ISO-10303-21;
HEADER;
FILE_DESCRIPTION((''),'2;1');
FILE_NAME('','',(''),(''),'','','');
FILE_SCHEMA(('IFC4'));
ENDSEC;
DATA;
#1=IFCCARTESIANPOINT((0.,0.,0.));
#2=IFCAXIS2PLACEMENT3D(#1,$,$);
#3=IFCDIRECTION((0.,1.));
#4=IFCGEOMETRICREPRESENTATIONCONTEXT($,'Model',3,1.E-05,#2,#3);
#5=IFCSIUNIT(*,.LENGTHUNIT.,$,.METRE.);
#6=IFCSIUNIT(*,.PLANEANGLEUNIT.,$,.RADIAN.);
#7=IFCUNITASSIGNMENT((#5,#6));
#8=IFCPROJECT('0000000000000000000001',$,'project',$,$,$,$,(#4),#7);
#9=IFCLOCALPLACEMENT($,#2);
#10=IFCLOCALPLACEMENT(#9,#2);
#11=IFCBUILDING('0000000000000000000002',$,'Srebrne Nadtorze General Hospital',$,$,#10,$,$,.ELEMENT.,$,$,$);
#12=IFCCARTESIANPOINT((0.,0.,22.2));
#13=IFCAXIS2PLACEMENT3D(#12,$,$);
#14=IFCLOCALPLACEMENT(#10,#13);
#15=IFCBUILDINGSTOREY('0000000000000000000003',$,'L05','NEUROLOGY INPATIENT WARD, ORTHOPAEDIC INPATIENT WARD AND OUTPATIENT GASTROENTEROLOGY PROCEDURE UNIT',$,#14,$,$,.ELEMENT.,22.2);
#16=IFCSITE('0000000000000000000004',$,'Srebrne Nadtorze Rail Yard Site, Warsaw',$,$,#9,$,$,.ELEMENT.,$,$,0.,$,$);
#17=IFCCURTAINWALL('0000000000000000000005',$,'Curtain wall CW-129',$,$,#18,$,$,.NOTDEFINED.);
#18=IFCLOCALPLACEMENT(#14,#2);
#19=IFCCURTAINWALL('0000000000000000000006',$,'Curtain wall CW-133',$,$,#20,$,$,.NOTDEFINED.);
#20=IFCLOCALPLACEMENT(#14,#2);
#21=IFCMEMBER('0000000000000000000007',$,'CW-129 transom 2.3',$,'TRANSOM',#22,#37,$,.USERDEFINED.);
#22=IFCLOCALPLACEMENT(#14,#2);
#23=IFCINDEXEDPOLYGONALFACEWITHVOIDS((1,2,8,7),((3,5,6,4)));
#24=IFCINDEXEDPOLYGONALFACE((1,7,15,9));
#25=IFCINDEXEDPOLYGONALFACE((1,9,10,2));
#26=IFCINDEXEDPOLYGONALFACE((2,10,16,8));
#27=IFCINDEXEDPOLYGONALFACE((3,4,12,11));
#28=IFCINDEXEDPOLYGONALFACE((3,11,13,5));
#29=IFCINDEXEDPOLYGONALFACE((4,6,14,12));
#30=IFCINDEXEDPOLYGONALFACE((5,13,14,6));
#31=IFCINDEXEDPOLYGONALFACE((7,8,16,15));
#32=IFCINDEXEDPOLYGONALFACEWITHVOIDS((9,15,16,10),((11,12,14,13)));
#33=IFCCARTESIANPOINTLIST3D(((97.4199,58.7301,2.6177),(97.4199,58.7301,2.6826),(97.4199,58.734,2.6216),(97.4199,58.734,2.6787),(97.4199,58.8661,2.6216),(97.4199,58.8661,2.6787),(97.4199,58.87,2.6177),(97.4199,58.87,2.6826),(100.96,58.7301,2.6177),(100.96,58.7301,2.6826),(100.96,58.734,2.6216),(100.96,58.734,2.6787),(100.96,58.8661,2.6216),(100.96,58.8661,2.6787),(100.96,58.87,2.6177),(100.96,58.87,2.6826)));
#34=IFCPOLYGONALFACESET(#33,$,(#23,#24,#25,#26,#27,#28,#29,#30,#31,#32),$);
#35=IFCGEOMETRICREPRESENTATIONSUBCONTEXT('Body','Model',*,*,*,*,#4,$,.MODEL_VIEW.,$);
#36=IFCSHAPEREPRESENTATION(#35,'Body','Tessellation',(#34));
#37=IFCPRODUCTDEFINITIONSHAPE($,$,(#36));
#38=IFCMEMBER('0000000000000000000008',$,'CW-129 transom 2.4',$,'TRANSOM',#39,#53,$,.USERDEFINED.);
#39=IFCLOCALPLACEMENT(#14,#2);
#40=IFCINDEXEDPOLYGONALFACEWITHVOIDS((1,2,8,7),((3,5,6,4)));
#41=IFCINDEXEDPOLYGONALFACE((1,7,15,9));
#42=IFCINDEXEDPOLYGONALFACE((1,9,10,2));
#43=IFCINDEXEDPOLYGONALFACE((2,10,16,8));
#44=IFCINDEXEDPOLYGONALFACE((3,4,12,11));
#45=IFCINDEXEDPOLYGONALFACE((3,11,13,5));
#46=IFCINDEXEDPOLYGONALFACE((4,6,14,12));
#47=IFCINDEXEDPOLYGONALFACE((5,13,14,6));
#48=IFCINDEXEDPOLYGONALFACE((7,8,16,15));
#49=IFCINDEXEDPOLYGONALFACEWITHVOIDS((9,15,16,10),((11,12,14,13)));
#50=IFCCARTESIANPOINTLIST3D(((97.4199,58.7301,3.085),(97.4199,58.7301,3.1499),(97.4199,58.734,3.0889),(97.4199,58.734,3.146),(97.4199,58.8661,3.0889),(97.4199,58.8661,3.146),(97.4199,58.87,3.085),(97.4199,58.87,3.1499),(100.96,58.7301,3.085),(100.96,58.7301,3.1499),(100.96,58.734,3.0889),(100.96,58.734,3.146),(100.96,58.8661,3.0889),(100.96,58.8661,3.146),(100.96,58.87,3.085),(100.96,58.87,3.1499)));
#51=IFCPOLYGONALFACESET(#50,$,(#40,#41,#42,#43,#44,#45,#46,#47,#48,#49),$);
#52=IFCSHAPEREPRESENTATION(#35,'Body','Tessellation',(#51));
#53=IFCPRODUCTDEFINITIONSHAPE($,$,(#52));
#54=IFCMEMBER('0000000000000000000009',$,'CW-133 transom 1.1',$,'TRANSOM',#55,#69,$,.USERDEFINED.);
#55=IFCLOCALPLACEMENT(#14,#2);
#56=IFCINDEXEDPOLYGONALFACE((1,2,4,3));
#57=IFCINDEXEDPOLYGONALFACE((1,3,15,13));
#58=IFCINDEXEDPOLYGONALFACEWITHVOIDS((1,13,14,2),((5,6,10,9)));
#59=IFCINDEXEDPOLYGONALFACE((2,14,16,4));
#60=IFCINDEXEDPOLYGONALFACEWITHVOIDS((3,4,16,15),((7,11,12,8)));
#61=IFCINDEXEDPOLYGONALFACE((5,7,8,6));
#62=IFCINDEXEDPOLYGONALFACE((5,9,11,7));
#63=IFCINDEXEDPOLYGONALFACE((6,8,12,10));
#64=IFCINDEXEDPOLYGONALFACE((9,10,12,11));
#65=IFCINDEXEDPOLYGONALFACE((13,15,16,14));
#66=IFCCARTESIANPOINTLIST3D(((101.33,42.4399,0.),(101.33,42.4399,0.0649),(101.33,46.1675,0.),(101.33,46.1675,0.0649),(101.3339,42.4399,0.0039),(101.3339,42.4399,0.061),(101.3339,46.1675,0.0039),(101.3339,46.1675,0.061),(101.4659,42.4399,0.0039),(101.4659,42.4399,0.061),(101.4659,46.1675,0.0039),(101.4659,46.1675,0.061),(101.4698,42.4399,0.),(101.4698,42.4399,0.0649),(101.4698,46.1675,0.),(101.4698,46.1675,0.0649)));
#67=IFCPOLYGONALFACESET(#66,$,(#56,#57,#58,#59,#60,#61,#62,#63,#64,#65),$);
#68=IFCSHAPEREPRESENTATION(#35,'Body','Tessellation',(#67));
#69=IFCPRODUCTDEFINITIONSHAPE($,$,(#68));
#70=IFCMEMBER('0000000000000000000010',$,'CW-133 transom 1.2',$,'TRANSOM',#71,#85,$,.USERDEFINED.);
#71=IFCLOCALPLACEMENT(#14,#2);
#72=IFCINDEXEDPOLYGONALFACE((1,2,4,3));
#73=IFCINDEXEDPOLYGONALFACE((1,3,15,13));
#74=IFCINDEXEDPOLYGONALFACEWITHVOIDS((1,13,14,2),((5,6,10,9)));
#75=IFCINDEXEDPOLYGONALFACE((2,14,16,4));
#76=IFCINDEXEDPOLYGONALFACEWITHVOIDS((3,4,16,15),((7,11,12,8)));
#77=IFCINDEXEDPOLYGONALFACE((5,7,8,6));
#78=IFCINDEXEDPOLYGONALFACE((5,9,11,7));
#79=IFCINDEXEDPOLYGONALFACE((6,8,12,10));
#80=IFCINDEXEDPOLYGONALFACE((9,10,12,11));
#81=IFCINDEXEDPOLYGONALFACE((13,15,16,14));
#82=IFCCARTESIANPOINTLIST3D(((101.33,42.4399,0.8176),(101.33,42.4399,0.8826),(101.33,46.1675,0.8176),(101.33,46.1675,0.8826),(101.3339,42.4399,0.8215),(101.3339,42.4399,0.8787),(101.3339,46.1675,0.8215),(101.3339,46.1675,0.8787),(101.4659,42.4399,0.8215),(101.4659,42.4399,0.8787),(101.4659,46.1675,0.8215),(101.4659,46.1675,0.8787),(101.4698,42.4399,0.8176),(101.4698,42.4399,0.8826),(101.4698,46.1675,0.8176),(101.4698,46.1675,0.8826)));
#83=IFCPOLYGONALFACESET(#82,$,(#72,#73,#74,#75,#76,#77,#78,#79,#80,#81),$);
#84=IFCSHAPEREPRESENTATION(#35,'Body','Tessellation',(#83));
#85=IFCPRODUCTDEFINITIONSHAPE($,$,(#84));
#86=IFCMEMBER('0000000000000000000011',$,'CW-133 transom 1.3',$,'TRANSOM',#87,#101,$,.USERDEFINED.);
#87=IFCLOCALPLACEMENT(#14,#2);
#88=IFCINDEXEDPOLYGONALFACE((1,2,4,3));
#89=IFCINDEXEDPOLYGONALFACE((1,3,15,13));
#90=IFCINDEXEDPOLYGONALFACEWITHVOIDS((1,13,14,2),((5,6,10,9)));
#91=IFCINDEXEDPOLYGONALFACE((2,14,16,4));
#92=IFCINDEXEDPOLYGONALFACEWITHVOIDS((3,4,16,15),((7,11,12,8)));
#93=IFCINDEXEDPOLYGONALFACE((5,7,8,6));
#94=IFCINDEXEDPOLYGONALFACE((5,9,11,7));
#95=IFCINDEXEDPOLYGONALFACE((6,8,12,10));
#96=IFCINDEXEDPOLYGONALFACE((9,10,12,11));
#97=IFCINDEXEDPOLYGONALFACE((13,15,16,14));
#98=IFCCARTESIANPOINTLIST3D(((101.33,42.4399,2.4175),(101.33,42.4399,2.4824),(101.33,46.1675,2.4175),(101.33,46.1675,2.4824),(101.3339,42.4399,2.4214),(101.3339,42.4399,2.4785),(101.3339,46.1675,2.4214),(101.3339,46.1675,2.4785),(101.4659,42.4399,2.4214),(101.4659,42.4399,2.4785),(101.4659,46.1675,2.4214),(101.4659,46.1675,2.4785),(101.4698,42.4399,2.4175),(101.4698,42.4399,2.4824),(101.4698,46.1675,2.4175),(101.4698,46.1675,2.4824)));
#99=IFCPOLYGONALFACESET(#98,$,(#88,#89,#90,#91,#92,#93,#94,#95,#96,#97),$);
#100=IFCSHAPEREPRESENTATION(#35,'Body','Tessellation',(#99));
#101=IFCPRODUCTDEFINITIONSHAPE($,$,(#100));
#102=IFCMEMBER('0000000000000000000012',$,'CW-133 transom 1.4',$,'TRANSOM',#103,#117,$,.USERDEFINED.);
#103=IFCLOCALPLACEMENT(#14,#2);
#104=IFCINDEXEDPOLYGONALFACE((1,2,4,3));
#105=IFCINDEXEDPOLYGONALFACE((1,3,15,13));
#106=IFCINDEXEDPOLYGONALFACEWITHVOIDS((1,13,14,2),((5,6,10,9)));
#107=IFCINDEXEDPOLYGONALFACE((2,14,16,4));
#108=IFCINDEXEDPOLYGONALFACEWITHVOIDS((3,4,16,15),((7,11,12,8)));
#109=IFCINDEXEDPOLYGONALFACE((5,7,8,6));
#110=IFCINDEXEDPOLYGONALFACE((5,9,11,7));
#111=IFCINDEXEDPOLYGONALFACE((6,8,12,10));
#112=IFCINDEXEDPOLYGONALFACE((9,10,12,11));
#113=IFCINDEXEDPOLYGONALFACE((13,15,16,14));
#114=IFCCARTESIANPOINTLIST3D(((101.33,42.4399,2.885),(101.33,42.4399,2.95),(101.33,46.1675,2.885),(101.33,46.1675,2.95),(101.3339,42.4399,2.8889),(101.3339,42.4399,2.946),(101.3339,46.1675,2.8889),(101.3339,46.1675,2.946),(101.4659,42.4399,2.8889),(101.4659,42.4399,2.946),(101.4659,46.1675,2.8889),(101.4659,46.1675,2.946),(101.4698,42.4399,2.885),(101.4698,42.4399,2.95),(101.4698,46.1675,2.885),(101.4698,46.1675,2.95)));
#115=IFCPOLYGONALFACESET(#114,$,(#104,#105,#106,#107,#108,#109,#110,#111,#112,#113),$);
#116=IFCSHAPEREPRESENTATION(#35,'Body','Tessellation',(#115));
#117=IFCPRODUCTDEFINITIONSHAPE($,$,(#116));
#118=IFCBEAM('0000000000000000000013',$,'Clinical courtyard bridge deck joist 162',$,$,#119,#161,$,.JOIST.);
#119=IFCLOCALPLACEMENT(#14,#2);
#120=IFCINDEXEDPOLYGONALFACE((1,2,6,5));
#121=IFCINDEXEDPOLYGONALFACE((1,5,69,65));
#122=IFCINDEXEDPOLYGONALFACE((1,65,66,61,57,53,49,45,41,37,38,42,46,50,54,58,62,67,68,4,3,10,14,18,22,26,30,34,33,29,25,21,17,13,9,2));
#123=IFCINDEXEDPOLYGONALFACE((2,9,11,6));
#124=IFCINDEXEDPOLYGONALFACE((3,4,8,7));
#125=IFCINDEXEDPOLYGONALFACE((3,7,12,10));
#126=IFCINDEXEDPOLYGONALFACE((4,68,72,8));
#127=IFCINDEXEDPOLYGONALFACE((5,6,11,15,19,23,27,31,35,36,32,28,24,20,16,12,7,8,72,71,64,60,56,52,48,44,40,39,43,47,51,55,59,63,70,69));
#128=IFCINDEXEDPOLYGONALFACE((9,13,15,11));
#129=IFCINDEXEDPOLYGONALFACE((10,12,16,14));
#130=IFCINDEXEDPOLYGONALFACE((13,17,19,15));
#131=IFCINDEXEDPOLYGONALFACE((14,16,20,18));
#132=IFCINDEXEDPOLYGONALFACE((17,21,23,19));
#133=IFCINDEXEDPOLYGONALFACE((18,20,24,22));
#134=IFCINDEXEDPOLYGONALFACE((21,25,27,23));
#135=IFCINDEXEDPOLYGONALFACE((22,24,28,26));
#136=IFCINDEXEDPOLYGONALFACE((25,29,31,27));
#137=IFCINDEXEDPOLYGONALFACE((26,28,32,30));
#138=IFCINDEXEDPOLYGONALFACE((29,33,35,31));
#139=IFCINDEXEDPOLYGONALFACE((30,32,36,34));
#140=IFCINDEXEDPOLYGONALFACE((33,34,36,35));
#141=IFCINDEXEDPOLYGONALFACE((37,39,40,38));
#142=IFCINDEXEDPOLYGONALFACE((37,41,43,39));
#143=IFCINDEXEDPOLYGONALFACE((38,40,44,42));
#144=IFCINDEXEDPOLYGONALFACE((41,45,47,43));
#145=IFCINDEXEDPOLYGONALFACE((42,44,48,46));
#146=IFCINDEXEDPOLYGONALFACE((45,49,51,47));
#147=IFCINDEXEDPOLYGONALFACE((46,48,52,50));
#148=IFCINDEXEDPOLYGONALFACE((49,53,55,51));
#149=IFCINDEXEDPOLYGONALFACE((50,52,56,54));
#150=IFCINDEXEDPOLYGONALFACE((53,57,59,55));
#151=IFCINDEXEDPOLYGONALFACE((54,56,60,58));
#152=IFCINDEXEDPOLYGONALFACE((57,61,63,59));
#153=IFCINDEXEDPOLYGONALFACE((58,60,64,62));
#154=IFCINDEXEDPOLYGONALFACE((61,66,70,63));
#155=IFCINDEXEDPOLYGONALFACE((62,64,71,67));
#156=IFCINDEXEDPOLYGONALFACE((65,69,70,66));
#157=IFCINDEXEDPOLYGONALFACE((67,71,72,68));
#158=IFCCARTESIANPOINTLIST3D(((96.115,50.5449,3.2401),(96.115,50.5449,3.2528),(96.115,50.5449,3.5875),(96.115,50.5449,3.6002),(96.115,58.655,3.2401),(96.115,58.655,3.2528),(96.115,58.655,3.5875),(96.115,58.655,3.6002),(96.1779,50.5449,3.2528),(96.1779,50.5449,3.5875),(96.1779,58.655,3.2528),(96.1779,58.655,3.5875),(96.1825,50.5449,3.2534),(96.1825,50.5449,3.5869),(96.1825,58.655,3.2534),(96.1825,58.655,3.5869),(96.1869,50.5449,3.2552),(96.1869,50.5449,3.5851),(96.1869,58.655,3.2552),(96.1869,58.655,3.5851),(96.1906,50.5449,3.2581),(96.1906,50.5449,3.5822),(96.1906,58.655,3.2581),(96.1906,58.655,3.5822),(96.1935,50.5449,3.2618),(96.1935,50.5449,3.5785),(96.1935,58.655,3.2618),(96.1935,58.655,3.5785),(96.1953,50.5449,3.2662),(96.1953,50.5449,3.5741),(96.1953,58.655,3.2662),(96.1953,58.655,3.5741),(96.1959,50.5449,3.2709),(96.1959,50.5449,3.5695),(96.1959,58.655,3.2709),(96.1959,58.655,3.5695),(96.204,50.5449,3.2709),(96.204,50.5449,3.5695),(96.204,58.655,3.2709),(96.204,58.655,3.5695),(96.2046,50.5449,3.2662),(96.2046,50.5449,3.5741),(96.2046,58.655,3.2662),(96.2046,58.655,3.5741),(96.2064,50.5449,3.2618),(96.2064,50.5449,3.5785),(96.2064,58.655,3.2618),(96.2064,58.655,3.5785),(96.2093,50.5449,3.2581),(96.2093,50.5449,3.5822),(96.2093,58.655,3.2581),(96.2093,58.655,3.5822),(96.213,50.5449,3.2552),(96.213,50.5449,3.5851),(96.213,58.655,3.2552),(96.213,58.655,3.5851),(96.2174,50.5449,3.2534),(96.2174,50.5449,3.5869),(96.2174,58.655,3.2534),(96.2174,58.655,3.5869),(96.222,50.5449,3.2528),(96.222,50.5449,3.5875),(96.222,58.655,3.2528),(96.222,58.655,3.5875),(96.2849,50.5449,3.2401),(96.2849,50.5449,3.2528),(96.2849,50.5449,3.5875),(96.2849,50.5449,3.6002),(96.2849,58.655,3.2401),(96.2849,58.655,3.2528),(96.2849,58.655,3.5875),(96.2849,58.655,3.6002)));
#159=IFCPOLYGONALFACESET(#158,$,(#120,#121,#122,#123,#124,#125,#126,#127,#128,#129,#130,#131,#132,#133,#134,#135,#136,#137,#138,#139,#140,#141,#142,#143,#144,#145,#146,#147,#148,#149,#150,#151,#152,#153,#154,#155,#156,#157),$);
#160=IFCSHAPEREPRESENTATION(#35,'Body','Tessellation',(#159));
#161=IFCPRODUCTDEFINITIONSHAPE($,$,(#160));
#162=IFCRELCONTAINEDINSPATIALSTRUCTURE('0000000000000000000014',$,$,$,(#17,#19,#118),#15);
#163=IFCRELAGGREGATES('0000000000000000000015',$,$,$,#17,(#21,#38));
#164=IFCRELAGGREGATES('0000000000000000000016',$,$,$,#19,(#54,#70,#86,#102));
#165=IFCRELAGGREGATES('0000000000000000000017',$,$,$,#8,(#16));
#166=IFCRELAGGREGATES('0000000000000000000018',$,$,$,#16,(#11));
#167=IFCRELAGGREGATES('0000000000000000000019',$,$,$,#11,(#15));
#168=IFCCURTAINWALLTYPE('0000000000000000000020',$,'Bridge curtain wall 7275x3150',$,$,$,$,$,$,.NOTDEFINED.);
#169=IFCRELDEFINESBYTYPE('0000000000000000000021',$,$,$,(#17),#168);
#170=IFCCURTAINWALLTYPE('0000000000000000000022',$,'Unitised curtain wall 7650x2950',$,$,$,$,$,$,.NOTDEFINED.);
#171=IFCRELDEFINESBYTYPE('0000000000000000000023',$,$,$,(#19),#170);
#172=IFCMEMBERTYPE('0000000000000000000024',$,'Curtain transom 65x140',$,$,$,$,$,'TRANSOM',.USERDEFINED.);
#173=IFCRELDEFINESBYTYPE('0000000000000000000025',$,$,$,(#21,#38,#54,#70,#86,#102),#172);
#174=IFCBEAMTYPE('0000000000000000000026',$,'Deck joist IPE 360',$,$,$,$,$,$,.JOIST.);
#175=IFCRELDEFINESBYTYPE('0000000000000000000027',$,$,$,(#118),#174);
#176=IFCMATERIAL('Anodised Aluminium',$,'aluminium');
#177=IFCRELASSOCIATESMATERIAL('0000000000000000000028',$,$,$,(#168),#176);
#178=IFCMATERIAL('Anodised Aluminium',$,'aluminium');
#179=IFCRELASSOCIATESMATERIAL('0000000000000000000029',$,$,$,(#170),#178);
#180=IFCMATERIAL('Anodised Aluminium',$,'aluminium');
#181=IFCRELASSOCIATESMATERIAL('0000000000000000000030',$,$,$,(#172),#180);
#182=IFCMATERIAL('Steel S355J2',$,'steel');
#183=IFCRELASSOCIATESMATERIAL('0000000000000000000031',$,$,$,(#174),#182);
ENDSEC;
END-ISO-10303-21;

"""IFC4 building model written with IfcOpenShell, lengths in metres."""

from ifc_helpers import new_model, si_unit, direction, frame, origin, origin_2d, place, context, subcontext, project, spatial, hollow_rectangle, i_section, extrude, material, material_profile, profile_set, type_object, element, aggregate, save


model = new_model("IFC4")

# Units and contexts
model_context = context("Model", 3, precision=1e-05, world=origin(), true_north=direction((0.0, 1.0)))
body_context = subcontext(model_context, "Body", "Model", "MODEL_VIEW")
ifc_project = project(units=[si_unit("LENGTHUNIT", "METRE"), si_unit("PLANEANGLEUNIT", "RADIAN")], contexts=[model_context])

# Site, building, storey
site_placement = place(None, origin())
site = spatial("IfcSite", under=ifc_project, at=site_placement, Name="Srebrne Nadtorze Rail Yard Site, Warsaw", CompositionType="ELEMENT", RefElevation=0.0)
building_placement = place(site_placement, origin())
building = spatial("IfcBuilding", under=site, at=building_placement, Name="Srebrne Nadtorze General Hospital", CompositionType="ELEMENT")
storey_placement = place(building_placement, frame((0.0, 0.0, 22.2)))
storey = spatial("IfcBuildingStorey", under=building, at=storey_placement, Name="L05", Description="NEUROLOGY INPATIENT WARD, ORTHOPAEDIC INPATIENT WARD AND OUTPATIENT GASTROENTEROLOGY PROCEDURE UNIT", CompositionType="ELEMENT", Elevation=22.2)

# Curtain wall
ifc_material_1 = material(Name="Anodised Aluminium", Category="aluminium")
curtain_wall_type_1 = type_object("IfcCurtainWallType", Name="Bridge curtain wall 7275x3150", PredefinedType="NOTDEFINED", material=ifc_material_1)
curtain_wall_1_placement = place(storey_placement, origin())
curtain_wall_1 = element("IfcCurtainWall", 1, at=curtain_wall_1_placement, inside=storey, type_object=curtain_wall_type_1, Name="Curtain wall CW-129", PredefinedType="NOTDEFINED")

# Curtain wall
ifc_material_2 = material(Name="Anodised Aluminium", Category="aluminium")
curtain_wall_type_2 = type_object("IfcCurtainWallType", Name="Unitised curtain wall 7650x2950", PredefinedType="NOTDEFINED", material=ifc_material_2)
curtain_wall_2_placement = place(storey_placement, origin())
curtain_wall_2 = element("IfcCurtainWall", 2, at=curtain_wall_2_placement, inside=storey, type_object=curtain_wall_type_2, Name="Curtain wall CW-133", PredefinedType="NOTDEFINED")

# Members
ifc_material_3 = material(Name="Anodised Aluminium", Category="aluminium")
ifc_material_profile_1 = material_profile(ifc_material_3, hollow_rectangle(XDim=0.0649, YDim=0.1399, WallThickness=0.0039, at=origin_2d()), Name="AL-TRN-65x140")
ifc_profile_set_1 = profile_set([ifc_material_profile_1], Name="Anodised Aluminium")
member_type_1 = type_object("IfcMemberType", Name="Curtain transom 65x140", ElementType="TRANSOM", PredefinedType="USERDEFINED", material=ifc_profile_set_1)
member_1_placement = place(storey_placement, frame((97.4199, 58.8, 2.6501), z_axis=(1.0, 0.0, 0.0), x_axis=(0.0, 0.0, 1.0)))
member_1 = element("IfcMember", 3, at=member_1_placement, type_object=member_type_1, Name="CW-129 transom 2.3", ObjectType="TRANSOM", PredefinedType="USERDEFINED", context=body_context, shape_type="SweptSolid", body=[
    extrude(hollow_rectangle(XDim=0.0649, YDim=0.1399, WallThickness=0.0039, at=origin_2d()), origin(), (0.0, 0.0, 1.0), 3.54),
])
member_2_placement = place(storey_placement, frame((97.4199, 58.8, 3.1174), z_axis=(1.0, 0.0, 0.0), x_axis=(0.0, 0.0, 1.0)))
member_2 = element("IfcMember", 4, at=member_2_placement, type_object=member_type_1, Name="CW-129 transom 2.4", ObjectType="TRANSOM", PredefinedType="USERDEFINED", context=body_context, shape_type="SweptSolid", body=[
    extrude(hollow_rectangle(XDim=0.0649, YDim=0.1399, WallThickness=0.0039, at=origin_2d()), origin(), (0.0, 0.0, 1.0), 3.54),
])
member_3_placement = place(storey_placement, frame((101.3999, 42.4399, 0.0325), z_axis=(0.0, 1.0, 0.0), x_axis=(0.0, 0.0, 1.0)))
member_3 = element("IfcMember", 5, at=member_3_placement, type_object=member_type_1, Name="CW-133 transom 1.1", ObjectType="TRANSOM", PredefinedType="USERDEFINED", context=body_context, shape_type="SweptSolid", body=[
    extrude(hollow_rectangle(XDim=0.0649, YDim=0.1399, WallThickness=0.0039, at=origin_2d()), origin(), (0.0, 0.0, 1.0), 3.7275),
])
member_4_placement = place(storey_placement, frame((101.3999, 42.4399, 0.8501), z_axis=(0.0, 1.0, 0.0), x_axis=(0.0, 0.0, 1.0)))
member_4 = element("IfcMember", 6, at=member_4_placement, type_object=member_type_1, Name="CW-133 transom 1.2", ObjectType="TRANSOM", PredefinedType="USERDEFINED", context=body_context, shape_type="SweptSolid", body=[
    extrude(hollow_rectangle(XDim=0.0649, YDim=0.1399, WallThickness=0.0039, at=origin_2d()), origin(), (0.0, 0.0, 1.0), 3.7275),
])
member_5_placement = place(storey_placement, frame((101.3999, 42.4399, 2.45), z_axis=(0.0, 1.0, 0.0), x_axis=(0.0, 0.0, 1.0)))
member_5 = element("IfcMember", 7, at=member_5_placement, type_object=member_type_1, Name="CW-133 transom 1.3", ObjectType="TRANSOM", PredefinedType="USERDEFINED", context=body_context, shape_type="SweptSolid", body=[
    extrude(hollow_rectangle(XDim=0.0649, YDim=0.1399, WallThickness=0.0039, at=origin_2d()), origin(), (0.0, 0.0, 1.0), 3.7275),
])
member_6_placement = place(storey_placement, frame((101.3999, 42.4399, 2.9175), z_axis=(0.0, 1.0, 0.0), x_axis=(0.0, 0.0, 1.0)))
member_6 = element("IfcMember", 8, at=member_6_placement, type_object=member_type_1, Name="CW-133 transom 1.4", ObjectType="TRANSOM", PredefinedType="USERDEFINED", context=body_context, shape_type="SweptSolid", body=[
    extrude(hollow_rectangle(XDim=0.0649, YDim=0.1399, WallThickness=0.0039, at=origin_2d()), origin(), (0.0, 0.0, 1.0), 3.7275),
])

# Beam
ifc_material_4 = material(Name="Steel S355J2", Category="steel")
ifc_material_profile_2 = material_profile(ifc_material_4, i_section(OverallWidth=0.1699, OverallDepth=0.3601, WebThickness=0.0081, FlangeThickness=0.0127, FilletRadius=0.0181, at=origin_2d()), Name="IPE-360")
ifc_profile_set_2 = profile_set([ifc_material_profile_2], Name="Steel S355J2")
beam_type_1 = type_object("IfcBeamType", Name="Deck joist IPE 360", PredefinedType="JOIST", material=ifc_profile_set_2)
for number, where, z_axis, x_axis, name in (
    (9, (96.2, 50.5449, 3.4202), (0.0, 1.0, 0.0), (-1.0, 0.0, 0.0), "Clinical courtyard bridge deck joist 162"),
):
    element("IfcBeam", number, at=place(storey_placement, frame(where, z_axis=z_axis, x_axis=x_axis)), inside=storey, type_object=beam_type_1, Name=name, PredefinedType="JOIST", context=body_context, shape_type="SweptSolid", body=[
        extrude(i_section(OverallWidth=0.1699, OverallDepth=0.3601, WebThickness=0.0081, FlangeThickness=0.0127, FilletRadius=0.0181, at=origin_2d()), origin(), (0.0, 0.0, 1.0), 8.1101),
    ])

aggregate(curtain_wall_1, [member_1, member_2])
aggregate(curtain_wall_2, [member_3, member_4, member_5, member_6])

save(model, "model.ifc")
